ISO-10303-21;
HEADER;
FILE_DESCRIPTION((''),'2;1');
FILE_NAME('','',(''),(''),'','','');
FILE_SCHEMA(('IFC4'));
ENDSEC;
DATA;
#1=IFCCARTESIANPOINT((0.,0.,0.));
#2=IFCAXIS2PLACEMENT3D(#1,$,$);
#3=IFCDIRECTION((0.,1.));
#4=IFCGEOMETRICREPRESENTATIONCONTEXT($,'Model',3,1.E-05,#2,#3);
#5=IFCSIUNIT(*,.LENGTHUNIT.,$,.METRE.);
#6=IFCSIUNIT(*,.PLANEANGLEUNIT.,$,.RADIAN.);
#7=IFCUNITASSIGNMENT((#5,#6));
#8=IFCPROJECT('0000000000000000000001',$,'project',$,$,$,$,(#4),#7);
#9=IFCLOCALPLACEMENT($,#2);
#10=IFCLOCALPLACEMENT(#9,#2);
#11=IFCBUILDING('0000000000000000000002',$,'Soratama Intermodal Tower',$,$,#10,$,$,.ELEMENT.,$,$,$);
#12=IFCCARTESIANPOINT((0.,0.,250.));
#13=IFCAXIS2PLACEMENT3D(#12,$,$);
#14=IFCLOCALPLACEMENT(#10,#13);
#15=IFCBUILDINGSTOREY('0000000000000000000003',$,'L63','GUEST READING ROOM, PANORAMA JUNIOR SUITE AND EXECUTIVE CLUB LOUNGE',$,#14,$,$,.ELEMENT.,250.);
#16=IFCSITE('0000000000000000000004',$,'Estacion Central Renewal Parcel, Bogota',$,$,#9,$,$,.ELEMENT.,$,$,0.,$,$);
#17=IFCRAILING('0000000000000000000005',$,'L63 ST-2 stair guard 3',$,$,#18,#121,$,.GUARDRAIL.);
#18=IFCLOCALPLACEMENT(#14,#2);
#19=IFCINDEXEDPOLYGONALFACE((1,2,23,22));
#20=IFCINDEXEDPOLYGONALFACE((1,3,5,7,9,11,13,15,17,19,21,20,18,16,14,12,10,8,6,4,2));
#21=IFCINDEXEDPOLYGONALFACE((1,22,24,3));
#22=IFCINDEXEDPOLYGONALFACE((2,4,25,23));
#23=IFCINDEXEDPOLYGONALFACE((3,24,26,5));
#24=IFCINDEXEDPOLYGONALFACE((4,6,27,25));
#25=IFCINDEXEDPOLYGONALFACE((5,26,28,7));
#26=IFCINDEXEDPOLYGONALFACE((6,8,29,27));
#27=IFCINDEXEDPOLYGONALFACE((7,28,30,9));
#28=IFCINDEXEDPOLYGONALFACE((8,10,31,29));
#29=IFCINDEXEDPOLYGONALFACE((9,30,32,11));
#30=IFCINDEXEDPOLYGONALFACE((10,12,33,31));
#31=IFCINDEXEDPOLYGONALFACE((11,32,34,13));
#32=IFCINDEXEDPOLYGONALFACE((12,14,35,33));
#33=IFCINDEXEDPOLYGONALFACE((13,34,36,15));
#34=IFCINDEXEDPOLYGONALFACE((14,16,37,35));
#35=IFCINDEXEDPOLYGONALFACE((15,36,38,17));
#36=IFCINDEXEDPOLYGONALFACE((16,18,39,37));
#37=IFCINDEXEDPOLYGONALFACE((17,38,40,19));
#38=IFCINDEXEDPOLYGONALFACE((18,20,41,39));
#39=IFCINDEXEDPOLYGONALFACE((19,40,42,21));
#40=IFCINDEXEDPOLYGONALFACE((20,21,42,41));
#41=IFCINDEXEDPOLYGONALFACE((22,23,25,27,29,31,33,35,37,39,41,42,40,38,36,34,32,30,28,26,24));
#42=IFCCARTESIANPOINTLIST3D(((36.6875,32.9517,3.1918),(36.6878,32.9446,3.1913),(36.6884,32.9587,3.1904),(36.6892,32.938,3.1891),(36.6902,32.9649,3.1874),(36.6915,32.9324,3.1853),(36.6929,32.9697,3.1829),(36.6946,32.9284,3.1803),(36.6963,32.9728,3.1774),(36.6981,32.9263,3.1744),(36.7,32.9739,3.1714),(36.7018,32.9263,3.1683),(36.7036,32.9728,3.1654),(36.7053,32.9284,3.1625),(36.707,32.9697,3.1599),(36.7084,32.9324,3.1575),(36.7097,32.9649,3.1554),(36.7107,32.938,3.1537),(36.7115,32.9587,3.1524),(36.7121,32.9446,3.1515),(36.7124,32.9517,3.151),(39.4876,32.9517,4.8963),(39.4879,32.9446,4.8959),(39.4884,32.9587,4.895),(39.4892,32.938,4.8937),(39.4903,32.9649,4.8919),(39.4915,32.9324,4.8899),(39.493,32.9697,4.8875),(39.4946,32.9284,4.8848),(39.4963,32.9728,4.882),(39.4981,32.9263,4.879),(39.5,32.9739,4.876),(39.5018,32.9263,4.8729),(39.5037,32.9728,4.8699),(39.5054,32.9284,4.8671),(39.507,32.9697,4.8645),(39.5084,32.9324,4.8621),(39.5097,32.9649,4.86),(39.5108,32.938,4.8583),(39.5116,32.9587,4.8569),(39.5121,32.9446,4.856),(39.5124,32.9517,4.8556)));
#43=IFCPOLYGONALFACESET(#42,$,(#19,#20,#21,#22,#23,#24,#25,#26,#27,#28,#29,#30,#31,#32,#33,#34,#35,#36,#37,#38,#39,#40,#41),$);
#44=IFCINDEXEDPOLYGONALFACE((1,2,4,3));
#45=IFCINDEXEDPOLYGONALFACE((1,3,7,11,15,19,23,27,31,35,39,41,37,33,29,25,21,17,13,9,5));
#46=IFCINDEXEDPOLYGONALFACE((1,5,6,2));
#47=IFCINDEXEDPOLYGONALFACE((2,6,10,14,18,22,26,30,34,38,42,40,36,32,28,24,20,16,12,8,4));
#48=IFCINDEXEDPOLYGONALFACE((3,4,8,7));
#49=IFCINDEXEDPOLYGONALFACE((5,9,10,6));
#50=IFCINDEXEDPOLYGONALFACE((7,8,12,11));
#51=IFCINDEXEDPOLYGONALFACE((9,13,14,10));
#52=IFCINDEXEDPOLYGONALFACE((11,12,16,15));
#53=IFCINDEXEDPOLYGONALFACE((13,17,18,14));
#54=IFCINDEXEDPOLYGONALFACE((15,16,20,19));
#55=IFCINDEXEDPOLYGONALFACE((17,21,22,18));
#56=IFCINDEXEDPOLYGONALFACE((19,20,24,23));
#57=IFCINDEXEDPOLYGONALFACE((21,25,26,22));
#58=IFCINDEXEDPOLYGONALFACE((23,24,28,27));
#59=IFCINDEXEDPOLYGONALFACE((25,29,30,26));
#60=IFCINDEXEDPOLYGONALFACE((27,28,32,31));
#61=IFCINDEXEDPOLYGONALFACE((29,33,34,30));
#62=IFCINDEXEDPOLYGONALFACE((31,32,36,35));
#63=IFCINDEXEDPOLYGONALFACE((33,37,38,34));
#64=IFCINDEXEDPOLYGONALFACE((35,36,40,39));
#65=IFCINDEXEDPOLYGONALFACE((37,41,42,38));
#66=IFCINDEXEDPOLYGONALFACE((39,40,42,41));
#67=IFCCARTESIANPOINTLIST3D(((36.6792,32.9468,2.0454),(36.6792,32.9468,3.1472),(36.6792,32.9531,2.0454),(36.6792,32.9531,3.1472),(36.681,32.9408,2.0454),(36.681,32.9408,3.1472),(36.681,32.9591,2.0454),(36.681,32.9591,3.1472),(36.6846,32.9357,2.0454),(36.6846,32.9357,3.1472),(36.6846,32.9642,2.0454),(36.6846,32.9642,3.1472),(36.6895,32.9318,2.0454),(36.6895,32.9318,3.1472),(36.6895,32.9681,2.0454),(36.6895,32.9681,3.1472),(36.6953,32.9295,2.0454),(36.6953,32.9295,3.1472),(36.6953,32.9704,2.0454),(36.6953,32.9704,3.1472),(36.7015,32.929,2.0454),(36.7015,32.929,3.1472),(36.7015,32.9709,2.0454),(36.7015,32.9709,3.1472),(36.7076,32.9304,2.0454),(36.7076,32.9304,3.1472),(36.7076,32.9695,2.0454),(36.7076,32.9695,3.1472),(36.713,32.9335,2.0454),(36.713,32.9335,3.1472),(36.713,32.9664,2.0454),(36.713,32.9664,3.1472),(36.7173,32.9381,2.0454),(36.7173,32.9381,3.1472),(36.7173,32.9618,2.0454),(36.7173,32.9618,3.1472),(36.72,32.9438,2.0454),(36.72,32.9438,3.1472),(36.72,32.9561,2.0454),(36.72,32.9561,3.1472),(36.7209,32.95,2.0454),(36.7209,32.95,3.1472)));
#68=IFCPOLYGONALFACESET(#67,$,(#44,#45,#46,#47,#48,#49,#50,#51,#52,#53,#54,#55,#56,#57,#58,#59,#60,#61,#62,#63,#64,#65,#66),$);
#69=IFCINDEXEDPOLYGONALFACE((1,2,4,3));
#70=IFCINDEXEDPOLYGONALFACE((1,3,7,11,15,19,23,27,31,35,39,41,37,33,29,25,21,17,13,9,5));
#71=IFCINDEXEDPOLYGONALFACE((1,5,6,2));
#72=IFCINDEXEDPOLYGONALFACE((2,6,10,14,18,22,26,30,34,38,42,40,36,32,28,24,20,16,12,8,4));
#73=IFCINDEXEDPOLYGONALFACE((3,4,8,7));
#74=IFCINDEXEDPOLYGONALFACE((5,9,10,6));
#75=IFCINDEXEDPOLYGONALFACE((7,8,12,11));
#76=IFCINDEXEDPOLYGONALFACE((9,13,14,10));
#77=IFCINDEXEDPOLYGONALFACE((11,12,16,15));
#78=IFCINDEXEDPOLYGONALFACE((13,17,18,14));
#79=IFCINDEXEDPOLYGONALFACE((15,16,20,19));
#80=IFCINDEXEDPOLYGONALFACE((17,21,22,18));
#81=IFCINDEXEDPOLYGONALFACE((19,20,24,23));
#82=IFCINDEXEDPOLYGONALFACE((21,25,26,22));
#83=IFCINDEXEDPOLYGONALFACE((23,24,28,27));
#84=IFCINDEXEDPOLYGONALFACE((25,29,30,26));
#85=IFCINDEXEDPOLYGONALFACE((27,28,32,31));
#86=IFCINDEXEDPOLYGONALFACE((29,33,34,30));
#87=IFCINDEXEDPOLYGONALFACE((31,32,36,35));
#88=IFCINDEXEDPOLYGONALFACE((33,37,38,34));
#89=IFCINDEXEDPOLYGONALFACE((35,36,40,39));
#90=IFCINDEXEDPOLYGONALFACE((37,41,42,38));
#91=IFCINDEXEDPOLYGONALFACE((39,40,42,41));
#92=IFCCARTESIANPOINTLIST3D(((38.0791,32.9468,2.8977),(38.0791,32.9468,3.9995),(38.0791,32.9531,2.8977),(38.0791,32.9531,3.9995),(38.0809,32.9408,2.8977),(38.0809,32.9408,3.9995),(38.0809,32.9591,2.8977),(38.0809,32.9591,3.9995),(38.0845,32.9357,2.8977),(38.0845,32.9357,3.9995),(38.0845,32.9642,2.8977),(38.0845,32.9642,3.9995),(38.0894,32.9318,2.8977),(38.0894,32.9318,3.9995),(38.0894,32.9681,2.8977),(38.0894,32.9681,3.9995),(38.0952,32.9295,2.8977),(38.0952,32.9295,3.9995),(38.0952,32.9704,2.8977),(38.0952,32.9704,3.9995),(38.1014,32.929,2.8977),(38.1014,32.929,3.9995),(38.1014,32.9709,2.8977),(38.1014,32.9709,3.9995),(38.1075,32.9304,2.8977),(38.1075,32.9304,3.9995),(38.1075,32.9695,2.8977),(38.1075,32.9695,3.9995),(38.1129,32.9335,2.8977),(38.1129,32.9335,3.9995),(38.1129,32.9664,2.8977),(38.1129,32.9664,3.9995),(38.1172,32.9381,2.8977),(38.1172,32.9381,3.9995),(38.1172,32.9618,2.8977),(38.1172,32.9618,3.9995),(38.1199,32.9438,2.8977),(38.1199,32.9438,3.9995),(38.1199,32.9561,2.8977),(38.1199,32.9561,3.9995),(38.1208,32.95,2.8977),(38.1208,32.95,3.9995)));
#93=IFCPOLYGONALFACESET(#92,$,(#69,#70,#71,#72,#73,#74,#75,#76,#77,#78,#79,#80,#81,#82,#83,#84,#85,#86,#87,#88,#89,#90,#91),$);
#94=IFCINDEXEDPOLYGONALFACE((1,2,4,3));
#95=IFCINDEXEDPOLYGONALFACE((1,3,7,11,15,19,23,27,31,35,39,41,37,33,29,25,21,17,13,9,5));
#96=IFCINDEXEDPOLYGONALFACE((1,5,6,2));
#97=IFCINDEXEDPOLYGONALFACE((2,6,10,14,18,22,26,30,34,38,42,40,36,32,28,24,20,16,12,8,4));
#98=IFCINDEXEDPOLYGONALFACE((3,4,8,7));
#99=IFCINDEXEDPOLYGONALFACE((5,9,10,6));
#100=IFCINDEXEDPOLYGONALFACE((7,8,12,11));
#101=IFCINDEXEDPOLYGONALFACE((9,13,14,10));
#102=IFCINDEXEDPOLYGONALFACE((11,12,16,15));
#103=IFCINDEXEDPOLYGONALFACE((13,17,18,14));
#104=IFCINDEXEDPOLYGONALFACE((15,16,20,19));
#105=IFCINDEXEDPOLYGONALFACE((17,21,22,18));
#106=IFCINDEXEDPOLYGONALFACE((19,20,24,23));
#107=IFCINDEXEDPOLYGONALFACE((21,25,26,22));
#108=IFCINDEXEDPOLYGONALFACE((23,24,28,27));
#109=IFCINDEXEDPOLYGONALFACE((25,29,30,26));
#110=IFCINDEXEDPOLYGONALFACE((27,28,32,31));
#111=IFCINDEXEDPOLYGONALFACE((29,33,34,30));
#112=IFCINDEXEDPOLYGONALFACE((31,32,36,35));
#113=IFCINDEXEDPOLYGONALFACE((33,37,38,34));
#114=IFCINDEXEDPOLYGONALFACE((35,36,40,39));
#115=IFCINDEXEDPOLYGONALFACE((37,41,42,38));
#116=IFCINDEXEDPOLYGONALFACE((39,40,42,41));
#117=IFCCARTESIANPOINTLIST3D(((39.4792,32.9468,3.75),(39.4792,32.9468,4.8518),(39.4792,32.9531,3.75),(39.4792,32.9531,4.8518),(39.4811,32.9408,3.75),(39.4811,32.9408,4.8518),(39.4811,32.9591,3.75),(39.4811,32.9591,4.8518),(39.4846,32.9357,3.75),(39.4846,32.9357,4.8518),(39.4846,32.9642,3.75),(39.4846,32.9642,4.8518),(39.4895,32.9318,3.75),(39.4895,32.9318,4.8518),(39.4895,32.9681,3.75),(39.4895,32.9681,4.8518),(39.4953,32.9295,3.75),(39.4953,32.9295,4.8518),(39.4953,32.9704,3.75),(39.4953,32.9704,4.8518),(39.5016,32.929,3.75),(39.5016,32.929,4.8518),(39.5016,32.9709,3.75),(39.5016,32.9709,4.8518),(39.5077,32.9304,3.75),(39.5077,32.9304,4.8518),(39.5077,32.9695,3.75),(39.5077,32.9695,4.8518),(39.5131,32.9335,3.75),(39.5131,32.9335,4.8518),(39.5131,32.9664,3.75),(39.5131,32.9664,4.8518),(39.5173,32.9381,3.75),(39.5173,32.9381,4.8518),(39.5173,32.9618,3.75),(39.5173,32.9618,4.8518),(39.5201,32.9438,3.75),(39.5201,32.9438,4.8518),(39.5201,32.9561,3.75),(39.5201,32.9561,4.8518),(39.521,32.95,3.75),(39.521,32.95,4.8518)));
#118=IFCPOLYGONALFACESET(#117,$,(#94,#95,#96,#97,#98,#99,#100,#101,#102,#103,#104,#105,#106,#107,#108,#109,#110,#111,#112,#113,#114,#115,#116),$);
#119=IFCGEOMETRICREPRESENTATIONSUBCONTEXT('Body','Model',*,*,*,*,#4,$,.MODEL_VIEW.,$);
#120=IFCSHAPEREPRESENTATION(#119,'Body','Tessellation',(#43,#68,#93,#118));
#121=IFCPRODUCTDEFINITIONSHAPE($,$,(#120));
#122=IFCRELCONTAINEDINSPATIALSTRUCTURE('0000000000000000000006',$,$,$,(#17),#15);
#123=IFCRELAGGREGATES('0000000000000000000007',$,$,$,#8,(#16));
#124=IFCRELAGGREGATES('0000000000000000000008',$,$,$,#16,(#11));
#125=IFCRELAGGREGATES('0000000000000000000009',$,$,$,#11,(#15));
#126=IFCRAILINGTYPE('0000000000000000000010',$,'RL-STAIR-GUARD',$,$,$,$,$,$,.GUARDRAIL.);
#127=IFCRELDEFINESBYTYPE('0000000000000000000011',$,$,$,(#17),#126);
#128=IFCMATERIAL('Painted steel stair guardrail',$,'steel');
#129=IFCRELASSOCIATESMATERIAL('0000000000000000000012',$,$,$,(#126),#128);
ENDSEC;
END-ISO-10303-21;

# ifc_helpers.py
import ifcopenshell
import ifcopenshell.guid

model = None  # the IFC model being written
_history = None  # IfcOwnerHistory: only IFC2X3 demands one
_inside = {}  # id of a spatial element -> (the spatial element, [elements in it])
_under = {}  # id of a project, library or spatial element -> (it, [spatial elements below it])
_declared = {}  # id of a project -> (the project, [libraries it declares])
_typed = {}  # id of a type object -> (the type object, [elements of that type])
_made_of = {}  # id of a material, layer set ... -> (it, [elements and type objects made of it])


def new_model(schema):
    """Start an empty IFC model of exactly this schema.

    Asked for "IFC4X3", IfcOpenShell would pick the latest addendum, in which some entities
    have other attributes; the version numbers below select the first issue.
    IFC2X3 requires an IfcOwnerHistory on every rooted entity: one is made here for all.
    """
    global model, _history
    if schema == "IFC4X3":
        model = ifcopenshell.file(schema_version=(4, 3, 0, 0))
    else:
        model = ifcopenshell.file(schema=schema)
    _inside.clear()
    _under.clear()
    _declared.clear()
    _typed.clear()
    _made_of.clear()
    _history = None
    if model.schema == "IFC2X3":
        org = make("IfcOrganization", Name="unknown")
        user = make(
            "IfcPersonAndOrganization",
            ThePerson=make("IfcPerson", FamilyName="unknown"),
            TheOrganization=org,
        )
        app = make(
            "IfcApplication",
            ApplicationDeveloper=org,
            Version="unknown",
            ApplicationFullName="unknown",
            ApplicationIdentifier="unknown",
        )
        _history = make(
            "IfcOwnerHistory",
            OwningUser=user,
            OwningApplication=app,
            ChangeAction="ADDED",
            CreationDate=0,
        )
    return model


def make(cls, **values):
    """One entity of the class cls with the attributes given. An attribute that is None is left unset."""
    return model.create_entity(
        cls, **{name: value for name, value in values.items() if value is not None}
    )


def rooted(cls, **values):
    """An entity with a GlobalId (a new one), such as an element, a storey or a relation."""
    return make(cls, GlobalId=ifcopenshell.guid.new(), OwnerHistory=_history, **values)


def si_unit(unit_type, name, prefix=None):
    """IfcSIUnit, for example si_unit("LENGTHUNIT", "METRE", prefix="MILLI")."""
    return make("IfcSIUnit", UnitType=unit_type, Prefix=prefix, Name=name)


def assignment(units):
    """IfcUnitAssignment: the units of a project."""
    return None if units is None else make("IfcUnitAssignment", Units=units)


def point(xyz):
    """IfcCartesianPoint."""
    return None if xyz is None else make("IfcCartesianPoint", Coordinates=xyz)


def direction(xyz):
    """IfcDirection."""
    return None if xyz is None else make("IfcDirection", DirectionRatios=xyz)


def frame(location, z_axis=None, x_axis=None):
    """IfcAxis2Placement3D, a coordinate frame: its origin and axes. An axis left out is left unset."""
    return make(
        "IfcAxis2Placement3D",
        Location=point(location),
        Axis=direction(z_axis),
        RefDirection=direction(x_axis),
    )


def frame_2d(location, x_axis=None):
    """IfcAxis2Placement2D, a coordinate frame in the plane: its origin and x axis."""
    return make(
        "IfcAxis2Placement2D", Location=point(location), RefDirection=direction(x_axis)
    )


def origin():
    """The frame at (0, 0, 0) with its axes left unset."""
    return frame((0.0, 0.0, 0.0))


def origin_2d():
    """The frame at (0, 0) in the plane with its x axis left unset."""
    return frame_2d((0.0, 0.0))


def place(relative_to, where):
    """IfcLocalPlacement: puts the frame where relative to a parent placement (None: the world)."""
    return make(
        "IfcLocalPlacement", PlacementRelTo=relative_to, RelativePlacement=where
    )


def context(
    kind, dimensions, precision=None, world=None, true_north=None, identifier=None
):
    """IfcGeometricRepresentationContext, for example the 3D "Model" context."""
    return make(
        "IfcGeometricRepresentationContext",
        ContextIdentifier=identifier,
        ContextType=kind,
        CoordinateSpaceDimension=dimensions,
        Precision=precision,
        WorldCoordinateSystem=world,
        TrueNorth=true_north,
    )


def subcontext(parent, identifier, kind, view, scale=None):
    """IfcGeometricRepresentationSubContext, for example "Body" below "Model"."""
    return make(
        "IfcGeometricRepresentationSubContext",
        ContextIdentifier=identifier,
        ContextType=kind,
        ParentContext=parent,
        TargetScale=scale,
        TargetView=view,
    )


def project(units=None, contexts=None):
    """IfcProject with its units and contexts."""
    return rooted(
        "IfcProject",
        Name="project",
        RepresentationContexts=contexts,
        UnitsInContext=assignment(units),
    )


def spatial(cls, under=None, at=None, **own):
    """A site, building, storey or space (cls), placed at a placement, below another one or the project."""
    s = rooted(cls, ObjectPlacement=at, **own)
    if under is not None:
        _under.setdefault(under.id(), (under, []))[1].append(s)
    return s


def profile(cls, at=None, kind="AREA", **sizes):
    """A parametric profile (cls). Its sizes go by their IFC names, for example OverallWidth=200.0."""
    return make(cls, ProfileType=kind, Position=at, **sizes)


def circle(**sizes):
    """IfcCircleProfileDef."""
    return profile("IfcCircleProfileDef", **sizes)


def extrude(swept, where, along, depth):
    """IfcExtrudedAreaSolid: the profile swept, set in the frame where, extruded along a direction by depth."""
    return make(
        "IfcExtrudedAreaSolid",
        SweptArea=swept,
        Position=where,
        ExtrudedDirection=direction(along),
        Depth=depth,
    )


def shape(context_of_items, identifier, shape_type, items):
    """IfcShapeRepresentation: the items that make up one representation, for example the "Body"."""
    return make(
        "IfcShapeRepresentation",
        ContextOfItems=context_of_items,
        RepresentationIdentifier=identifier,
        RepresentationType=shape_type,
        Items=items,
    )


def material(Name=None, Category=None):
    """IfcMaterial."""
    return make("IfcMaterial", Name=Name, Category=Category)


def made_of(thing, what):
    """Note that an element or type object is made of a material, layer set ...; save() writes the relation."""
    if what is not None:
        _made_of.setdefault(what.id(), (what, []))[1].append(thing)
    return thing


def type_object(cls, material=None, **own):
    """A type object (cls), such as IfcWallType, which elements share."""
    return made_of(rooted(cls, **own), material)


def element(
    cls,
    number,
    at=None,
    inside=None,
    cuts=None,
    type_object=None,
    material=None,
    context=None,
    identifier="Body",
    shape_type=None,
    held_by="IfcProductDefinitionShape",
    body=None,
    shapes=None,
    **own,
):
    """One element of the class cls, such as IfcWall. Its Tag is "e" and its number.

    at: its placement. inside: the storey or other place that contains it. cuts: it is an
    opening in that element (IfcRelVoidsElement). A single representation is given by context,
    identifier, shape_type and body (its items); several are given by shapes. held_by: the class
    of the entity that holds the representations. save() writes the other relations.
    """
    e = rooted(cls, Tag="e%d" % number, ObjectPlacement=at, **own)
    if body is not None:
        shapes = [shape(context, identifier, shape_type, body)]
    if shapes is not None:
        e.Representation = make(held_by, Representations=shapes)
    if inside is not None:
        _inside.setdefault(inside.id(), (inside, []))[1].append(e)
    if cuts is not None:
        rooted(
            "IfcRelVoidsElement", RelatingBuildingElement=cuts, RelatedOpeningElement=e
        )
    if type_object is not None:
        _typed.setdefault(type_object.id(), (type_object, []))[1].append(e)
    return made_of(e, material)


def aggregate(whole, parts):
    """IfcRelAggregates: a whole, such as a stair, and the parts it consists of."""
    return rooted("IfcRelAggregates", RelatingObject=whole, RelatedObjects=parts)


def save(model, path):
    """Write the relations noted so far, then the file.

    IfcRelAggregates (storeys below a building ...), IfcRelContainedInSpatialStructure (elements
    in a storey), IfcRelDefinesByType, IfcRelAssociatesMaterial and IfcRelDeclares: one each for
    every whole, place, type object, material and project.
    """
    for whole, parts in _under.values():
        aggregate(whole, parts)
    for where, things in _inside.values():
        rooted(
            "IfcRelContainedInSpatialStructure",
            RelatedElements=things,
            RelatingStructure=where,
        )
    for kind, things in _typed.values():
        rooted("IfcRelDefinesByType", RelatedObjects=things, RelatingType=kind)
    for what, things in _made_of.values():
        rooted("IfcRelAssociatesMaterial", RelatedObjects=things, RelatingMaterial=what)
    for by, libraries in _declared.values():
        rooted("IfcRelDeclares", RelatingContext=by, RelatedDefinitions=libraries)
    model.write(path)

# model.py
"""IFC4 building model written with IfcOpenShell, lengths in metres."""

from ifc_helpers import new_model, si_unit, direction, frame, origin, origin_2d, place, context, subcontext, project, spatial, circle, extrude, material, type_object, element, save


model = new_model("IFC4")

# Units and contexts
model_context = context("Model", 3, precision=1e-05, world=origin(), true_north=direction((0.0, 1.0)))
body_context = subcontext(model_context, "Body", "Model", "MODEL_VIEW")
ifc_project = project(units=[si_unit("LENGTHUNIT", "METRE"), si_unit("PLANEANGLEUNIT", "RADIAN")], contexts=[model_context])

# Site, building, storey
site_placement = place(None, origin())
site = spatial("IfcSite", under=ifc_project, at=site_placement, Name="Estacion Central Renewal Parcel, Bogota", CompositionType="ELEMENT", RefElevation=0.0)
building_placement = place(site_placement, origin())
building = spatial("IfcBuilding", under=site, at=building_placement, Name="Soratama Intermodal Tower", CompositionType="ELEMENT")
storey_placement = place(building_placement, frame((0.0, 0.0, 250.0)))
storey = spatial("IfcBuildingStorey", under=building, at=storey_placement, Name="L63", Description="GUEST READING ROOM, PANORAMA JUNIOR SUITE AND EXECUTIVE CLUB LOUNGE", CompositionType="ELEMENT", Elevation=250.0)

# Railing
ifc_material_1 = material(Name="Painted steel stair guardrail", Category="steel")
railing_type_1 = type_object("IfcRailingType", Name="RL-STAIR-GUARD", PredefinedType="GUARDRAIL", material=ifc_material_1)
railing_1_placement = place(storey_placement, frame((36.7, 32.95, 2.0454)))
element("IfcRailing", 1, at=railing_1_placement, inside=storey, type_object=railing_type_1, Name="L63 ST-2 stair guard 3", PredefinedType="GUARDRAIL", context=body_context, shape_type="SweptSolid", body=[
    extrude(circle(Radius=0.0239, at=origin_2d()), frame((0.0, 0.0, 1.126), z_axis=(0.85417, 0.0, 0.519994), x_axis=(0.0, 1.0, 0.0)), (0.0, 0.0, 1.0), 3.2781),
    extrude(circle(Radius=0.021, at=origin_2d()), origin(), (0.0, 0.0, 1.0), 1.1018),
    extrude(circle(Radius=0.021, at=origin_2d()), frame((1.3999, 0.0, 0.8523)), (0.0, 0.0, 1.0), 1.1018),
    extrude(circle(Radius=0.021, at=origin_2d()), frame((2.8, 0.0, 1.7046)), (0.0, 0.0, 1.0), 1.1018),
])

save(model, "model.ifc")
